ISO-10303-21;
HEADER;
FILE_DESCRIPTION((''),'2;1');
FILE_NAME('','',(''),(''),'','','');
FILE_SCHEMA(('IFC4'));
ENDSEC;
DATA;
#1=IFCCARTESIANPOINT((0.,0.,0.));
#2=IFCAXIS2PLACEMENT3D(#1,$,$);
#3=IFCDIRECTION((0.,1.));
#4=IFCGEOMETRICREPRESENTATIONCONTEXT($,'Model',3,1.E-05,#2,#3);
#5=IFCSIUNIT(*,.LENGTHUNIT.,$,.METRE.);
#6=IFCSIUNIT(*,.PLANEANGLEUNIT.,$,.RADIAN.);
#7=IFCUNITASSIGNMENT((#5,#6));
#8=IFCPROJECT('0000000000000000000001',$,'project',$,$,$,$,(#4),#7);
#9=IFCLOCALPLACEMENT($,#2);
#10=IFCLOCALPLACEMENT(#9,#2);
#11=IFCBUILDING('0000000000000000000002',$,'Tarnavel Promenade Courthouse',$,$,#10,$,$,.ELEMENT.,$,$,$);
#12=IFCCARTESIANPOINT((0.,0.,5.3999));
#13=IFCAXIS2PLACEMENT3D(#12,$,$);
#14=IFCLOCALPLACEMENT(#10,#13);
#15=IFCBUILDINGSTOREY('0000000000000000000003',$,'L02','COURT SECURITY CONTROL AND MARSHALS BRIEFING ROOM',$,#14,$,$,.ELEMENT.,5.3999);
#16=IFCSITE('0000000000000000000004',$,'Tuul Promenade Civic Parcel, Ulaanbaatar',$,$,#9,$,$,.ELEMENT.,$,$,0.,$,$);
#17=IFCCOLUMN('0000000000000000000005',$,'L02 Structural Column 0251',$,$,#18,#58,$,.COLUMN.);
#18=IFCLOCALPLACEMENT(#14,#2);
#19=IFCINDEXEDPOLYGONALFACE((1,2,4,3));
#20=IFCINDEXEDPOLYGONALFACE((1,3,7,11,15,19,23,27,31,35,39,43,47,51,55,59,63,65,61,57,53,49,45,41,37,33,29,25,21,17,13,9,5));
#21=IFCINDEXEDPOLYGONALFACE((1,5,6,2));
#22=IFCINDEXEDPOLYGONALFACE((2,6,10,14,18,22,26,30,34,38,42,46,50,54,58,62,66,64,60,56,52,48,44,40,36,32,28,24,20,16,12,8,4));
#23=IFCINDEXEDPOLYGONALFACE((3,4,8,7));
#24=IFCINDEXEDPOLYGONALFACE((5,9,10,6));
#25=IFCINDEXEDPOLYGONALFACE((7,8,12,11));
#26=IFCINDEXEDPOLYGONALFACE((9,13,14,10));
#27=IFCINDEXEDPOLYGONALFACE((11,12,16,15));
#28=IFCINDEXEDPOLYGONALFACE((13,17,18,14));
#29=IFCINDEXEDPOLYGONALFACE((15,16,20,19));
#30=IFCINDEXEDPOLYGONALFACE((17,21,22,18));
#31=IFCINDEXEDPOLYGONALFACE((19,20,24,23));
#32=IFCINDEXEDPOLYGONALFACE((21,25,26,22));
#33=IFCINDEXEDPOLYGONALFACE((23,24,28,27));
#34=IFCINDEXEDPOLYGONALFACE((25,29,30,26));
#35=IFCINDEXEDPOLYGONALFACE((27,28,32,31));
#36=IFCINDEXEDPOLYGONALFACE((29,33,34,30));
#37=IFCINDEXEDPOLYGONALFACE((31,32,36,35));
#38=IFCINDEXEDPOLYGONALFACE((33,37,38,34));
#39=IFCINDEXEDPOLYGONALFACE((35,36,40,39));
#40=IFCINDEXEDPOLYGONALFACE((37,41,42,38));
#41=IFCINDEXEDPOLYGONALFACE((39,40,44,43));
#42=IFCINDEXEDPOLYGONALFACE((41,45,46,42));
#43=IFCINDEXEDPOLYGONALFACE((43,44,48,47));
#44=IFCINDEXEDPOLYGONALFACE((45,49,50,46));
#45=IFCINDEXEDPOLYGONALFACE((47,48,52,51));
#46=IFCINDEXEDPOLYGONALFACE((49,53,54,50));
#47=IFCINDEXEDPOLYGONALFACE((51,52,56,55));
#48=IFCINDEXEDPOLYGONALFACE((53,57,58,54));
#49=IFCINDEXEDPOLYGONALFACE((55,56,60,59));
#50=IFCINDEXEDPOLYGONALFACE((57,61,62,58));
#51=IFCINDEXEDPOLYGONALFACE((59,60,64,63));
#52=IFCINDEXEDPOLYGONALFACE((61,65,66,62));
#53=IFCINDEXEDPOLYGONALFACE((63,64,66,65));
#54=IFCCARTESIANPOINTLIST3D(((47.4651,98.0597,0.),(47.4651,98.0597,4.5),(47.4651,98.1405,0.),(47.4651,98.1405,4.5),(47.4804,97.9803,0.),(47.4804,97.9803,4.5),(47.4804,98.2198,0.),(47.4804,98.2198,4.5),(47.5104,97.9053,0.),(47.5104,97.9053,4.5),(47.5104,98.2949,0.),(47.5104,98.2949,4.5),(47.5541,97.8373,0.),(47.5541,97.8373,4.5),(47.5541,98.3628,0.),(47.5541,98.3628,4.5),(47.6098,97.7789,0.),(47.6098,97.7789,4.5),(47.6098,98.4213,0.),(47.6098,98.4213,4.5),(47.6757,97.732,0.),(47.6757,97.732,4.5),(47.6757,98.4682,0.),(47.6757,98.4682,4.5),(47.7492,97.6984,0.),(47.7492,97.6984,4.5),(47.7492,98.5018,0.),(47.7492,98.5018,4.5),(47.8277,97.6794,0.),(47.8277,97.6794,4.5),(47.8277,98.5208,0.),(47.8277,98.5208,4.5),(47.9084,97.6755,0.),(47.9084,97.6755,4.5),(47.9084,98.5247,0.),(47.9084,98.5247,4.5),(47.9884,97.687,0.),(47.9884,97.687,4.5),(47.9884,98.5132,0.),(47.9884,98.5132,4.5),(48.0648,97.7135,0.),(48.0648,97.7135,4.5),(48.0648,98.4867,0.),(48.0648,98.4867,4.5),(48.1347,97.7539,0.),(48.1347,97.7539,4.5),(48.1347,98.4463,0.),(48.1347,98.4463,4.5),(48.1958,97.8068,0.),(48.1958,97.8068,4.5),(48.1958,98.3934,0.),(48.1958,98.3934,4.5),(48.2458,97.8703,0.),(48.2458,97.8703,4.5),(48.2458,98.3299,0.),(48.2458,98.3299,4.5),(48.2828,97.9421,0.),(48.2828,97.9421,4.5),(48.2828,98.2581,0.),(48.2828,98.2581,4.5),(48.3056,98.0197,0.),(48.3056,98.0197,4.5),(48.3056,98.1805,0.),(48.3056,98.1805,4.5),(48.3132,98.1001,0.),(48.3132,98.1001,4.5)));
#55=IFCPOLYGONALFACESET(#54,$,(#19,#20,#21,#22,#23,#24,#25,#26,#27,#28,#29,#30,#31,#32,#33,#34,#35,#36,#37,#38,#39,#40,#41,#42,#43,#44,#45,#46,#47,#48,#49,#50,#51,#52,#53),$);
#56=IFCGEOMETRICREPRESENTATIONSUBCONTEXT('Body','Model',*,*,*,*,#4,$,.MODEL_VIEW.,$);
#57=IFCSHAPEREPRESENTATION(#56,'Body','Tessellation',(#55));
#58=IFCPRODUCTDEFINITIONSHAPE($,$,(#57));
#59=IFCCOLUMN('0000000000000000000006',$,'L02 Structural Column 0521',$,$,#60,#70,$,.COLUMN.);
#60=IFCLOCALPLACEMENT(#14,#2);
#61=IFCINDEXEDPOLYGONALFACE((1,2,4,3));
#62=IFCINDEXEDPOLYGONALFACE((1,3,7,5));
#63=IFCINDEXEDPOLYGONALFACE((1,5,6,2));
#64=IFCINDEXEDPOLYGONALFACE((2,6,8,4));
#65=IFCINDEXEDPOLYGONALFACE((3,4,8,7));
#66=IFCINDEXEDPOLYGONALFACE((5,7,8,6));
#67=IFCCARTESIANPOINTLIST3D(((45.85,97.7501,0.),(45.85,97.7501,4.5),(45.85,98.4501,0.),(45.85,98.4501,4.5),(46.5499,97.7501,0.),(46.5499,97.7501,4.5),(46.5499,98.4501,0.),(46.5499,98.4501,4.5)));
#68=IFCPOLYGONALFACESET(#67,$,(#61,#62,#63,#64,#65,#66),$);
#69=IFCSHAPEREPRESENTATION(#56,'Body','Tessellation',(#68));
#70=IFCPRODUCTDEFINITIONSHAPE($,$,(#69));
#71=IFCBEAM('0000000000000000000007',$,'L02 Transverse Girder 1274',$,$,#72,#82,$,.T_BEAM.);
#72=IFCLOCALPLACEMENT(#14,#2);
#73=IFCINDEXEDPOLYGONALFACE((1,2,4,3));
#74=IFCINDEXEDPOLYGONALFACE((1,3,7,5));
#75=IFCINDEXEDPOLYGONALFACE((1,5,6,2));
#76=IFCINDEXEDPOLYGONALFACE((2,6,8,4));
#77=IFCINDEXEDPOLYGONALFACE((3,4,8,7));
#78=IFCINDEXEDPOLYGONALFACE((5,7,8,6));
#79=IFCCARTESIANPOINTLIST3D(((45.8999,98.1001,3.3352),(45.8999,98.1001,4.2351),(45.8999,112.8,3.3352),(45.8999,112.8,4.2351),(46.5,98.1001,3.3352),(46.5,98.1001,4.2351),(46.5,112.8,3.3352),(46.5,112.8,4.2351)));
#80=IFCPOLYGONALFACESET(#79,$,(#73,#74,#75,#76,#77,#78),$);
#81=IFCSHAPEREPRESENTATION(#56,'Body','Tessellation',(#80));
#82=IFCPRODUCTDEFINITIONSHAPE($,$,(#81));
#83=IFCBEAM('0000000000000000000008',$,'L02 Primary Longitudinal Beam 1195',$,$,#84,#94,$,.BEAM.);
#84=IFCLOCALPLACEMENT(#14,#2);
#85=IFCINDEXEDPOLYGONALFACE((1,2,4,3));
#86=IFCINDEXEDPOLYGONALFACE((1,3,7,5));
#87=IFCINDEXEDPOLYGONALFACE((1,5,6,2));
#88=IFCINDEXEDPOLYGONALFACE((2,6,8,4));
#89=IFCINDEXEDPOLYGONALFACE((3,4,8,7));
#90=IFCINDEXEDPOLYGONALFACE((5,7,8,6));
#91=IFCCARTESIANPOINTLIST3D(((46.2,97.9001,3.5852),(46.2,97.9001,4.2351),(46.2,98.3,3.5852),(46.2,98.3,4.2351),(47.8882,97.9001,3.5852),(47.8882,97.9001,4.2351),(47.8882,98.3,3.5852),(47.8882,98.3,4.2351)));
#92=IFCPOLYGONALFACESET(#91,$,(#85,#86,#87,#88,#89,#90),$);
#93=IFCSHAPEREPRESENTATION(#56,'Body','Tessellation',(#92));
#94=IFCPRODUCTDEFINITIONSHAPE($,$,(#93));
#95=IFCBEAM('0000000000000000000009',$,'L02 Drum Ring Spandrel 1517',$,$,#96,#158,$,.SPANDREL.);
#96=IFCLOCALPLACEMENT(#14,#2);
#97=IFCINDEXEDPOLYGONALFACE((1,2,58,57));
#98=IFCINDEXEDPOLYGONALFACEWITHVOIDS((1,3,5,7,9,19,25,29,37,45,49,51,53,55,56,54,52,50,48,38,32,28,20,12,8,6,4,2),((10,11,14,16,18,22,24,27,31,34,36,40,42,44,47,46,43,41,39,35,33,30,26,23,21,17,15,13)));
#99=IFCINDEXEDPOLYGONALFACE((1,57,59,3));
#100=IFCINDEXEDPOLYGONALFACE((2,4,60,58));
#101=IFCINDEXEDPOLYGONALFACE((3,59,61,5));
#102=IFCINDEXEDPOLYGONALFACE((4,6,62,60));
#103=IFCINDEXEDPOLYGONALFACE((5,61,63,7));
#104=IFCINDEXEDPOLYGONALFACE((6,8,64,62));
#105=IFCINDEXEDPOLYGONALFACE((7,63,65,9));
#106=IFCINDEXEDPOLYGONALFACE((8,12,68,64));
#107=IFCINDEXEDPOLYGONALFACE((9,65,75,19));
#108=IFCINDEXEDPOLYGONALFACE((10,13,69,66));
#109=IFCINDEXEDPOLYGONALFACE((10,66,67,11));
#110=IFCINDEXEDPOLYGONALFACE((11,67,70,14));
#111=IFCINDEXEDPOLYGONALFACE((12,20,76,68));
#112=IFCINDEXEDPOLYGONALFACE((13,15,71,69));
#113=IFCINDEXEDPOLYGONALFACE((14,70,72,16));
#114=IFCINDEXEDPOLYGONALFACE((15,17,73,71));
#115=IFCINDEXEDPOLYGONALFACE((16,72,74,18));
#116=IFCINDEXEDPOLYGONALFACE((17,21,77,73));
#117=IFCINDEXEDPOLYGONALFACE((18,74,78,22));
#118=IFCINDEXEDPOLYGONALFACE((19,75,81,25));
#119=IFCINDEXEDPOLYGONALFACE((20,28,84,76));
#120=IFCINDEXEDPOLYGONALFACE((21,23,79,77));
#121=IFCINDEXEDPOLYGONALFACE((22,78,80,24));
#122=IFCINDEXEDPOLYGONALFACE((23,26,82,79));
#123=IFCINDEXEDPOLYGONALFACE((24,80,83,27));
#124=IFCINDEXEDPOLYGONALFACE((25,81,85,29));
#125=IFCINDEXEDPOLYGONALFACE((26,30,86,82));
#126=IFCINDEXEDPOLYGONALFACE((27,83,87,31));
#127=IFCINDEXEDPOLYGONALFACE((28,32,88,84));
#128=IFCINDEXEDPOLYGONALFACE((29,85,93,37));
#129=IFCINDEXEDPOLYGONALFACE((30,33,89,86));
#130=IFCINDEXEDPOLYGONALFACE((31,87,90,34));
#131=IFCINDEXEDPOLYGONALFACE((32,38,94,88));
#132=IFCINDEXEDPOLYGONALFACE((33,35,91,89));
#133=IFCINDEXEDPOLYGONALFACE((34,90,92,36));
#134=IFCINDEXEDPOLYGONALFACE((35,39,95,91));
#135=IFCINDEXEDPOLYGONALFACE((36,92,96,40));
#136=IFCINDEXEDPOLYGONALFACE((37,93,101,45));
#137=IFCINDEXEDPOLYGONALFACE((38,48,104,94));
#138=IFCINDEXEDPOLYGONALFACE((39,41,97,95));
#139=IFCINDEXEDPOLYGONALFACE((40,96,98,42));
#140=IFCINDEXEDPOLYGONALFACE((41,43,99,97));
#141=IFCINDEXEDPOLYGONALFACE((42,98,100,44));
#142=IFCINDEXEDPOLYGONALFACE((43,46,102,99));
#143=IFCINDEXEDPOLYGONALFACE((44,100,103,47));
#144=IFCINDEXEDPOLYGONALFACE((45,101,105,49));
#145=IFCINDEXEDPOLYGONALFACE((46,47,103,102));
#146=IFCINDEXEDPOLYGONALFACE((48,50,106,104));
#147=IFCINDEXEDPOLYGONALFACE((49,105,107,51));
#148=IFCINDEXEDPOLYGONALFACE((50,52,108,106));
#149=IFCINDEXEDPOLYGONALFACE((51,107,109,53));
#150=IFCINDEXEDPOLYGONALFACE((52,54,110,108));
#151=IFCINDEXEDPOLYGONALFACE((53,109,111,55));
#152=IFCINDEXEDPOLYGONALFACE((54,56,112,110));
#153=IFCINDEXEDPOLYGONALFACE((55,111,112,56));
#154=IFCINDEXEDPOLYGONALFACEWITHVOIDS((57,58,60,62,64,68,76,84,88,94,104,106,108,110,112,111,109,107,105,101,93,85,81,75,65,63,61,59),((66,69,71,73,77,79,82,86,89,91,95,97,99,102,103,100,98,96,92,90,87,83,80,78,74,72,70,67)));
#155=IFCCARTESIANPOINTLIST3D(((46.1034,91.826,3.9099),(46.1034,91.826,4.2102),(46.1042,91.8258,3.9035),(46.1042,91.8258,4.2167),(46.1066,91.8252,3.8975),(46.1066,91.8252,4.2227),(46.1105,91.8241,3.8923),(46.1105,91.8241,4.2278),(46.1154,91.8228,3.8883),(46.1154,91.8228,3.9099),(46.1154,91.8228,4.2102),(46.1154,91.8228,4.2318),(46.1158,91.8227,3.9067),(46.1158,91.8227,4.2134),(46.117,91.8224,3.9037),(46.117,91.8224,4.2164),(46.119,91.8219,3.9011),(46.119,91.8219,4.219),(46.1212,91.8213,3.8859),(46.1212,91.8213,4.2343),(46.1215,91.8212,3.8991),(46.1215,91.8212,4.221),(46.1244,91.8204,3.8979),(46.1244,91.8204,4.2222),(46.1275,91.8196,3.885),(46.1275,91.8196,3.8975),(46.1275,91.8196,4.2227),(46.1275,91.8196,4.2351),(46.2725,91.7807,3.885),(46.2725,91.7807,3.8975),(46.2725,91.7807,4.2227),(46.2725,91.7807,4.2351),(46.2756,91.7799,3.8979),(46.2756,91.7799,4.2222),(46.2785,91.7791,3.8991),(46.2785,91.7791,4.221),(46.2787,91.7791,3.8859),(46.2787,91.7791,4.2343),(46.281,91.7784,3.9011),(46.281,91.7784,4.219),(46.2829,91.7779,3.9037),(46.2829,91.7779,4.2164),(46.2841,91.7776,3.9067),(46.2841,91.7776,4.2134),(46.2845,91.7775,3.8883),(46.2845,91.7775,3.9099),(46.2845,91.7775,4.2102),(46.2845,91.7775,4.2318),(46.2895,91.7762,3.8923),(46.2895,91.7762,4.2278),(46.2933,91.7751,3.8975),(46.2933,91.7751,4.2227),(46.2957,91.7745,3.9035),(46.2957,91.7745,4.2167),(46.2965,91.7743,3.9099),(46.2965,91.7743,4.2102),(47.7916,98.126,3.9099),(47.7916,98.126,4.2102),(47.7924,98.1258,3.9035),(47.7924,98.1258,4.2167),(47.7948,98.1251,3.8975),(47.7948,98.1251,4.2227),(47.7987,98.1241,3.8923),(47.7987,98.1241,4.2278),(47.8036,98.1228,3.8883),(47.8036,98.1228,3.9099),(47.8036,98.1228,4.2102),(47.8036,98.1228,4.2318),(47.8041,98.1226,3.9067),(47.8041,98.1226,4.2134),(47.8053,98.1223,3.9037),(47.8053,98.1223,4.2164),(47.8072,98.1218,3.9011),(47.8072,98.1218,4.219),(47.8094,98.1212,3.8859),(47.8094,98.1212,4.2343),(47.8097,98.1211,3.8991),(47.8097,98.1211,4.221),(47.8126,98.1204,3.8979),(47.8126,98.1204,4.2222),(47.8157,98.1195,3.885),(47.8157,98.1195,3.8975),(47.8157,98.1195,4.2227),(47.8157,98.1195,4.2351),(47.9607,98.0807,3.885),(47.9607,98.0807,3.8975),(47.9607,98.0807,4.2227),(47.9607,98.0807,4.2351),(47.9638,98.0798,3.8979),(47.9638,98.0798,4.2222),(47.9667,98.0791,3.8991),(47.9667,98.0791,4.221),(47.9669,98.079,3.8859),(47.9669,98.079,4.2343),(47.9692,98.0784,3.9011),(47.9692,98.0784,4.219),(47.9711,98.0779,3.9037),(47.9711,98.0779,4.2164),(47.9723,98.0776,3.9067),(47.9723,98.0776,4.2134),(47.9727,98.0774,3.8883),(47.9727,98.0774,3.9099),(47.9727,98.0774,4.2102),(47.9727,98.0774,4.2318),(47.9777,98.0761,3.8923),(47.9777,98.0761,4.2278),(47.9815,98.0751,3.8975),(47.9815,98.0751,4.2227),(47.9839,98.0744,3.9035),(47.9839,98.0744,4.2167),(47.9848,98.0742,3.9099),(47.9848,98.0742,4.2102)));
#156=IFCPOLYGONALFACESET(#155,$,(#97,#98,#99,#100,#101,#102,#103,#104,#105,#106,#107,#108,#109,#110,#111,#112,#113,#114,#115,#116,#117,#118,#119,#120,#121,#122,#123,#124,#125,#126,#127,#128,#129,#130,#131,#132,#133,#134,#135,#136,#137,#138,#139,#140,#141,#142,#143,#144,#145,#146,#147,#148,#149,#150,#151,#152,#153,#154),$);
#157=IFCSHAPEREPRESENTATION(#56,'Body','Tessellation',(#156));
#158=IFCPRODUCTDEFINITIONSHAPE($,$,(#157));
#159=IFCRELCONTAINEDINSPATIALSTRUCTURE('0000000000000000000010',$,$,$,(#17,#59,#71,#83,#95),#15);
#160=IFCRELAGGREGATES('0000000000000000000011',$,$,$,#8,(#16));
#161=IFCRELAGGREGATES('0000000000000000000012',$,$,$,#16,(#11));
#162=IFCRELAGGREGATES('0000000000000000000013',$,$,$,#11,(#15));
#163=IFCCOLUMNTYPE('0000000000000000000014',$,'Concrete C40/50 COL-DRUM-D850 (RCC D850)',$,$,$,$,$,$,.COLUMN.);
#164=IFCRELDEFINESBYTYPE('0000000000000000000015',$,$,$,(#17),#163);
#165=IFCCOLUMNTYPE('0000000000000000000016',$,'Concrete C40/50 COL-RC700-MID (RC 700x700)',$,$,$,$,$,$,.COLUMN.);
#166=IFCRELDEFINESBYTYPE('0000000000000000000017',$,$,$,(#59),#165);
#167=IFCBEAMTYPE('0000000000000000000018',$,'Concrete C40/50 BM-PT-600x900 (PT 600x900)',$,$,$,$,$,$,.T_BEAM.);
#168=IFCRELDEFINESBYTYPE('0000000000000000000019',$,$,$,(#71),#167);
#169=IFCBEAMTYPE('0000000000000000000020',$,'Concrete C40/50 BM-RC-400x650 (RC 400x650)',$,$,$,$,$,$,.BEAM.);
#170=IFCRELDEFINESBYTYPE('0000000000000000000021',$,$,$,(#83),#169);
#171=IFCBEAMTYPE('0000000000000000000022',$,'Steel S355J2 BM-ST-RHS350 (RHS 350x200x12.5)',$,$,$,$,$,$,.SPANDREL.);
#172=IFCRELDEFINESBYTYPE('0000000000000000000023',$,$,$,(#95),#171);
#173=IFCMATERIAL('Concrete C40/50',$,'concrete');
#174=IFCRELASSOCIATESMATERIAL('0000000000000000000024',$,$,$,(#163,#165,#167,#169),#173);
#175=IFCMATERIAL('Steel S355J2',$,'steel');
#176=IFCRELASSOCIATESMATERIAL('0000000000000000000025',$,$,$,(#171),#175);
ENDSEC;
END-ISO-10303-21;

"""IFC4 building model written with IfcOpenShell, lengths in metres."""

from ifc_helpers import new_model, si_unit, direction, frame, origin, origin_2d, place, context, subcontext, project, spatial, rectangle, hollow_rectangle, circle, extrude, material, material_profile, profile_set, type_object, element, save


model = new_model("IFC4")

# Units and contexts
model_context = context("Model", 3, precision=1e-05, world=origin(), true_north=direction((0.0, 1.0)))
body_context = subcontext(model_context, "Body", "Model", "MODEL_VIEW")
ifc_project = project(units=[si_unit("LENGTHUNIT", "METRE"), si_unit("PLANEANGLEUNIT", "RADIAN")], contexts=[model_context])

# Site, building, storey
site_placement = place(None, origin())
site = spatial("IfcSite", under=ifc_project, at=site_placement, Name="Tuul Promenade Civic Parcel, Ulaanbaatar", CompositionType="ELEMENT", RefElevation=0.0)
building_placement = place(site_placement, origin())
building = spatial("IfcBuilding", under=site, at=building_placement, Name="Tarnavel Promenade Courthouse", CompositionType="ELEMENT")
storey_placement = place(building_placement, frame((0.0, 0.0, 5.3999)))
storey = spatial("IfcBuildingStorey", under=building, at=storey_placement, Name="L02", Description="COURT SECURITY CONTROL AND MARSHALS BRIEFING ROOM", CompositionType="ELEMENT", Elevation=5.3999)

# Columns
ifc_material_1 = material(Name="Concrete C40/50", Category="concrete")
ifc_material_profile_1 = material_profile(ifc_material_1, circle(Radius=0.425, at=origin_2d()), Name="RCC D850")
ifc_profile_set_1 = profile_set([ifc_material_profile_1], Name="Concrete C40/50")
column_type_1 = type_object("IfcColumnType", Name="Concrete C40/50 COL-DRUM-D850 (RCC D850)", PredefinedType="COLUMN", material=ifc_profile_set_1)
column_1_placement = place(storey_placement, frame((47.8882, 98.1001, 0.0), z_axis=(0.0, 0.0, 1.0), x_axis=(1.0, 0.0, 0.0)))
element("IfcColumn", 1, at=column_1_placement, inside=storey, type_object=column_type_1, Name="L02 Structural Column 0251", PredefinedType="COLUMN", context=body_context, shape_type="SweptSolid", body=[
    extrude(circle(Radius=0.425, at=origin_2d()), origin(), (0.0, 0.0, 1.0), 4.5),
])
ifc_material_profile_2 = material_profile(ifc_material_1, rectangle(XDim=0.7, YDim=0.7, at=origin_2d()), Name="RC 700x700")
ifc_profile_set_2 = profile_set([ifc_material_profile_2], Name="Concrete C40/50")
column_type_2 = type_object("IfcColumnType", Name="Concrete C40/50 COL-RC700-MID (RC 700x700)", PredefinedType="COLUMN", material=ifc_profile_set_2)
column_2_placement = place(storey_placement, frame((46.2, 98.1001, 0.0), z_axis=(0.0, 0.0, 1.0), x_axis=(1.0, 0.0, 0.0)))
element("IfcColumn", 2, at=column_2_placement, inside=storey, type_object=column_type_2, Name="L02 Structural Column 0521", PredefinedType="COLUMN", context=body_context, shape_type="SweptSolid", body=[
    extrude(rectangle(XDim=0.7, YDim=0.7, at=origin_2d()), origin(), (0.0, 0.0, 1.0), 4.5),
])

# Beams
ifc_material_profile_3 = material_profile(ifc_material_1, rectangle(XDim=0.6001, YDim=0.8999, at=origin_2d()), Name="PT 600x900")
ifc_profile_set_3 = profile_set([ifc_material_profile_3], Name="Concrete C40/50")
beam_type_1 = type_object("IfcBeamType", Name="Concrete C40/50 BM-PT-600x900 (PT 600x900)", PredefinedType="T_BEAM", material=ifc_profile_set_3)
beam_1_placement = place(storey_placement, frame((46.2, 98.1001, 3.7852), z_axis=(0.0, 1.0, 0.0), x_axis=(-1.0, 0.0, 0.0)))
element("IfcBeam", 3, at=beam_1_placement, inside=storey, type_object=beam_type_1, Name="L02 Transverse Girder 1274", PredefinedType="T_BEAM", context=body_context, shape_type="SweptSolid", body=[
    extrude(rectangle(XDim=0.6001, YDim=0.8999, at=origin_2d()), origin(), (0.0, 0.0, 1.0), 14.7),
])
ifc_material_profile_4 = material_profile(ifc_material_1, rectangle(XDim=0.3999, YDim=0.6499, at=origin_2d()), Name="RC 400x650")
ifc_profile_set_4 = profile_set([ifc_material_profile_4], Name="Concrete C40/50")
beam_type_2 = type_object("IfcBeamType", Name="Concrete C40/50 BM-RC-400x650 (RC 400x650)", PredefinedType="BEAM", material=ifc_profile_set_4)
beam_2_placement = place(storey_placement, frame((46.2, 98.1001, 3.9102), z_axis=(1.0, 0.0, 0.0), x_axis=(0.0, 1.0, 0.0)))
element("IfcBeam", 4, at=beam_2_placement, inside=storey, type_object=beam_type_2, Name="L02 Primary Longitudinal Beam 1195", PredefinedType="BEAM", context=body_context, shape_type="SweptSolid", body=[
    extrude(rectangle(XDim=0.3999, YDim=0.6499, at=origin_2d()), origin(), (0.0, 0.0, 1.0), 1.6882),
])
ifc_material_2 = material(Name="Steel S355J2", Category="steel")
ifc_material_profile_5 = material_profile(ifc_material_2, hollow_rectangle(XDim=0.2, YDim=0.3501, WallThickness=0.0125, InnerFilletRadius=0.0125, OuterFilletRadius=0.0249, at=origin_2d()), Name="RHS 350x200x12.5")
ifc_profile_set_5 = profile_set([ifc_material_profile_5], Name="Steel S355J2")
beam_type_3 = type_object("IfcBeamType", Name="Steel S355J2 BM-ST-RHS350 (RHS 350x200x12.5)", PredefinedType="SPANDREL", material=ifc_profile_set_5)
for number, where, z_axis, x_axis, name in (
    (5, (47.8882, 98.1001, 4.0601), (-0.258839, -0.96592, 0.0), (0.96592, -0.258839, 0.0), "L02 Drum Ring Spandrel 1517"),
):
    element("IfcBeam", number, at=place(storey_placement, frame(where, z_axis=z_axis, x_axis=x_axis)), inside=storey, type_object=beam_type_3, Name=name, PredefinedType="SPANDREL", context=body_context, shape_type="SweptSolid", body=[
        extrude(hollow_rectangle(XDim=0.2, YDim=0.3501, WallThickness=0.0125, InnerFilletRadius=0.0125, OuterFilletRadius=0.0249, at=origin_2d()), origin(), (0.0, 0.0, 1.0), 6.5222),
    ])

save(model, "model.ifc")
